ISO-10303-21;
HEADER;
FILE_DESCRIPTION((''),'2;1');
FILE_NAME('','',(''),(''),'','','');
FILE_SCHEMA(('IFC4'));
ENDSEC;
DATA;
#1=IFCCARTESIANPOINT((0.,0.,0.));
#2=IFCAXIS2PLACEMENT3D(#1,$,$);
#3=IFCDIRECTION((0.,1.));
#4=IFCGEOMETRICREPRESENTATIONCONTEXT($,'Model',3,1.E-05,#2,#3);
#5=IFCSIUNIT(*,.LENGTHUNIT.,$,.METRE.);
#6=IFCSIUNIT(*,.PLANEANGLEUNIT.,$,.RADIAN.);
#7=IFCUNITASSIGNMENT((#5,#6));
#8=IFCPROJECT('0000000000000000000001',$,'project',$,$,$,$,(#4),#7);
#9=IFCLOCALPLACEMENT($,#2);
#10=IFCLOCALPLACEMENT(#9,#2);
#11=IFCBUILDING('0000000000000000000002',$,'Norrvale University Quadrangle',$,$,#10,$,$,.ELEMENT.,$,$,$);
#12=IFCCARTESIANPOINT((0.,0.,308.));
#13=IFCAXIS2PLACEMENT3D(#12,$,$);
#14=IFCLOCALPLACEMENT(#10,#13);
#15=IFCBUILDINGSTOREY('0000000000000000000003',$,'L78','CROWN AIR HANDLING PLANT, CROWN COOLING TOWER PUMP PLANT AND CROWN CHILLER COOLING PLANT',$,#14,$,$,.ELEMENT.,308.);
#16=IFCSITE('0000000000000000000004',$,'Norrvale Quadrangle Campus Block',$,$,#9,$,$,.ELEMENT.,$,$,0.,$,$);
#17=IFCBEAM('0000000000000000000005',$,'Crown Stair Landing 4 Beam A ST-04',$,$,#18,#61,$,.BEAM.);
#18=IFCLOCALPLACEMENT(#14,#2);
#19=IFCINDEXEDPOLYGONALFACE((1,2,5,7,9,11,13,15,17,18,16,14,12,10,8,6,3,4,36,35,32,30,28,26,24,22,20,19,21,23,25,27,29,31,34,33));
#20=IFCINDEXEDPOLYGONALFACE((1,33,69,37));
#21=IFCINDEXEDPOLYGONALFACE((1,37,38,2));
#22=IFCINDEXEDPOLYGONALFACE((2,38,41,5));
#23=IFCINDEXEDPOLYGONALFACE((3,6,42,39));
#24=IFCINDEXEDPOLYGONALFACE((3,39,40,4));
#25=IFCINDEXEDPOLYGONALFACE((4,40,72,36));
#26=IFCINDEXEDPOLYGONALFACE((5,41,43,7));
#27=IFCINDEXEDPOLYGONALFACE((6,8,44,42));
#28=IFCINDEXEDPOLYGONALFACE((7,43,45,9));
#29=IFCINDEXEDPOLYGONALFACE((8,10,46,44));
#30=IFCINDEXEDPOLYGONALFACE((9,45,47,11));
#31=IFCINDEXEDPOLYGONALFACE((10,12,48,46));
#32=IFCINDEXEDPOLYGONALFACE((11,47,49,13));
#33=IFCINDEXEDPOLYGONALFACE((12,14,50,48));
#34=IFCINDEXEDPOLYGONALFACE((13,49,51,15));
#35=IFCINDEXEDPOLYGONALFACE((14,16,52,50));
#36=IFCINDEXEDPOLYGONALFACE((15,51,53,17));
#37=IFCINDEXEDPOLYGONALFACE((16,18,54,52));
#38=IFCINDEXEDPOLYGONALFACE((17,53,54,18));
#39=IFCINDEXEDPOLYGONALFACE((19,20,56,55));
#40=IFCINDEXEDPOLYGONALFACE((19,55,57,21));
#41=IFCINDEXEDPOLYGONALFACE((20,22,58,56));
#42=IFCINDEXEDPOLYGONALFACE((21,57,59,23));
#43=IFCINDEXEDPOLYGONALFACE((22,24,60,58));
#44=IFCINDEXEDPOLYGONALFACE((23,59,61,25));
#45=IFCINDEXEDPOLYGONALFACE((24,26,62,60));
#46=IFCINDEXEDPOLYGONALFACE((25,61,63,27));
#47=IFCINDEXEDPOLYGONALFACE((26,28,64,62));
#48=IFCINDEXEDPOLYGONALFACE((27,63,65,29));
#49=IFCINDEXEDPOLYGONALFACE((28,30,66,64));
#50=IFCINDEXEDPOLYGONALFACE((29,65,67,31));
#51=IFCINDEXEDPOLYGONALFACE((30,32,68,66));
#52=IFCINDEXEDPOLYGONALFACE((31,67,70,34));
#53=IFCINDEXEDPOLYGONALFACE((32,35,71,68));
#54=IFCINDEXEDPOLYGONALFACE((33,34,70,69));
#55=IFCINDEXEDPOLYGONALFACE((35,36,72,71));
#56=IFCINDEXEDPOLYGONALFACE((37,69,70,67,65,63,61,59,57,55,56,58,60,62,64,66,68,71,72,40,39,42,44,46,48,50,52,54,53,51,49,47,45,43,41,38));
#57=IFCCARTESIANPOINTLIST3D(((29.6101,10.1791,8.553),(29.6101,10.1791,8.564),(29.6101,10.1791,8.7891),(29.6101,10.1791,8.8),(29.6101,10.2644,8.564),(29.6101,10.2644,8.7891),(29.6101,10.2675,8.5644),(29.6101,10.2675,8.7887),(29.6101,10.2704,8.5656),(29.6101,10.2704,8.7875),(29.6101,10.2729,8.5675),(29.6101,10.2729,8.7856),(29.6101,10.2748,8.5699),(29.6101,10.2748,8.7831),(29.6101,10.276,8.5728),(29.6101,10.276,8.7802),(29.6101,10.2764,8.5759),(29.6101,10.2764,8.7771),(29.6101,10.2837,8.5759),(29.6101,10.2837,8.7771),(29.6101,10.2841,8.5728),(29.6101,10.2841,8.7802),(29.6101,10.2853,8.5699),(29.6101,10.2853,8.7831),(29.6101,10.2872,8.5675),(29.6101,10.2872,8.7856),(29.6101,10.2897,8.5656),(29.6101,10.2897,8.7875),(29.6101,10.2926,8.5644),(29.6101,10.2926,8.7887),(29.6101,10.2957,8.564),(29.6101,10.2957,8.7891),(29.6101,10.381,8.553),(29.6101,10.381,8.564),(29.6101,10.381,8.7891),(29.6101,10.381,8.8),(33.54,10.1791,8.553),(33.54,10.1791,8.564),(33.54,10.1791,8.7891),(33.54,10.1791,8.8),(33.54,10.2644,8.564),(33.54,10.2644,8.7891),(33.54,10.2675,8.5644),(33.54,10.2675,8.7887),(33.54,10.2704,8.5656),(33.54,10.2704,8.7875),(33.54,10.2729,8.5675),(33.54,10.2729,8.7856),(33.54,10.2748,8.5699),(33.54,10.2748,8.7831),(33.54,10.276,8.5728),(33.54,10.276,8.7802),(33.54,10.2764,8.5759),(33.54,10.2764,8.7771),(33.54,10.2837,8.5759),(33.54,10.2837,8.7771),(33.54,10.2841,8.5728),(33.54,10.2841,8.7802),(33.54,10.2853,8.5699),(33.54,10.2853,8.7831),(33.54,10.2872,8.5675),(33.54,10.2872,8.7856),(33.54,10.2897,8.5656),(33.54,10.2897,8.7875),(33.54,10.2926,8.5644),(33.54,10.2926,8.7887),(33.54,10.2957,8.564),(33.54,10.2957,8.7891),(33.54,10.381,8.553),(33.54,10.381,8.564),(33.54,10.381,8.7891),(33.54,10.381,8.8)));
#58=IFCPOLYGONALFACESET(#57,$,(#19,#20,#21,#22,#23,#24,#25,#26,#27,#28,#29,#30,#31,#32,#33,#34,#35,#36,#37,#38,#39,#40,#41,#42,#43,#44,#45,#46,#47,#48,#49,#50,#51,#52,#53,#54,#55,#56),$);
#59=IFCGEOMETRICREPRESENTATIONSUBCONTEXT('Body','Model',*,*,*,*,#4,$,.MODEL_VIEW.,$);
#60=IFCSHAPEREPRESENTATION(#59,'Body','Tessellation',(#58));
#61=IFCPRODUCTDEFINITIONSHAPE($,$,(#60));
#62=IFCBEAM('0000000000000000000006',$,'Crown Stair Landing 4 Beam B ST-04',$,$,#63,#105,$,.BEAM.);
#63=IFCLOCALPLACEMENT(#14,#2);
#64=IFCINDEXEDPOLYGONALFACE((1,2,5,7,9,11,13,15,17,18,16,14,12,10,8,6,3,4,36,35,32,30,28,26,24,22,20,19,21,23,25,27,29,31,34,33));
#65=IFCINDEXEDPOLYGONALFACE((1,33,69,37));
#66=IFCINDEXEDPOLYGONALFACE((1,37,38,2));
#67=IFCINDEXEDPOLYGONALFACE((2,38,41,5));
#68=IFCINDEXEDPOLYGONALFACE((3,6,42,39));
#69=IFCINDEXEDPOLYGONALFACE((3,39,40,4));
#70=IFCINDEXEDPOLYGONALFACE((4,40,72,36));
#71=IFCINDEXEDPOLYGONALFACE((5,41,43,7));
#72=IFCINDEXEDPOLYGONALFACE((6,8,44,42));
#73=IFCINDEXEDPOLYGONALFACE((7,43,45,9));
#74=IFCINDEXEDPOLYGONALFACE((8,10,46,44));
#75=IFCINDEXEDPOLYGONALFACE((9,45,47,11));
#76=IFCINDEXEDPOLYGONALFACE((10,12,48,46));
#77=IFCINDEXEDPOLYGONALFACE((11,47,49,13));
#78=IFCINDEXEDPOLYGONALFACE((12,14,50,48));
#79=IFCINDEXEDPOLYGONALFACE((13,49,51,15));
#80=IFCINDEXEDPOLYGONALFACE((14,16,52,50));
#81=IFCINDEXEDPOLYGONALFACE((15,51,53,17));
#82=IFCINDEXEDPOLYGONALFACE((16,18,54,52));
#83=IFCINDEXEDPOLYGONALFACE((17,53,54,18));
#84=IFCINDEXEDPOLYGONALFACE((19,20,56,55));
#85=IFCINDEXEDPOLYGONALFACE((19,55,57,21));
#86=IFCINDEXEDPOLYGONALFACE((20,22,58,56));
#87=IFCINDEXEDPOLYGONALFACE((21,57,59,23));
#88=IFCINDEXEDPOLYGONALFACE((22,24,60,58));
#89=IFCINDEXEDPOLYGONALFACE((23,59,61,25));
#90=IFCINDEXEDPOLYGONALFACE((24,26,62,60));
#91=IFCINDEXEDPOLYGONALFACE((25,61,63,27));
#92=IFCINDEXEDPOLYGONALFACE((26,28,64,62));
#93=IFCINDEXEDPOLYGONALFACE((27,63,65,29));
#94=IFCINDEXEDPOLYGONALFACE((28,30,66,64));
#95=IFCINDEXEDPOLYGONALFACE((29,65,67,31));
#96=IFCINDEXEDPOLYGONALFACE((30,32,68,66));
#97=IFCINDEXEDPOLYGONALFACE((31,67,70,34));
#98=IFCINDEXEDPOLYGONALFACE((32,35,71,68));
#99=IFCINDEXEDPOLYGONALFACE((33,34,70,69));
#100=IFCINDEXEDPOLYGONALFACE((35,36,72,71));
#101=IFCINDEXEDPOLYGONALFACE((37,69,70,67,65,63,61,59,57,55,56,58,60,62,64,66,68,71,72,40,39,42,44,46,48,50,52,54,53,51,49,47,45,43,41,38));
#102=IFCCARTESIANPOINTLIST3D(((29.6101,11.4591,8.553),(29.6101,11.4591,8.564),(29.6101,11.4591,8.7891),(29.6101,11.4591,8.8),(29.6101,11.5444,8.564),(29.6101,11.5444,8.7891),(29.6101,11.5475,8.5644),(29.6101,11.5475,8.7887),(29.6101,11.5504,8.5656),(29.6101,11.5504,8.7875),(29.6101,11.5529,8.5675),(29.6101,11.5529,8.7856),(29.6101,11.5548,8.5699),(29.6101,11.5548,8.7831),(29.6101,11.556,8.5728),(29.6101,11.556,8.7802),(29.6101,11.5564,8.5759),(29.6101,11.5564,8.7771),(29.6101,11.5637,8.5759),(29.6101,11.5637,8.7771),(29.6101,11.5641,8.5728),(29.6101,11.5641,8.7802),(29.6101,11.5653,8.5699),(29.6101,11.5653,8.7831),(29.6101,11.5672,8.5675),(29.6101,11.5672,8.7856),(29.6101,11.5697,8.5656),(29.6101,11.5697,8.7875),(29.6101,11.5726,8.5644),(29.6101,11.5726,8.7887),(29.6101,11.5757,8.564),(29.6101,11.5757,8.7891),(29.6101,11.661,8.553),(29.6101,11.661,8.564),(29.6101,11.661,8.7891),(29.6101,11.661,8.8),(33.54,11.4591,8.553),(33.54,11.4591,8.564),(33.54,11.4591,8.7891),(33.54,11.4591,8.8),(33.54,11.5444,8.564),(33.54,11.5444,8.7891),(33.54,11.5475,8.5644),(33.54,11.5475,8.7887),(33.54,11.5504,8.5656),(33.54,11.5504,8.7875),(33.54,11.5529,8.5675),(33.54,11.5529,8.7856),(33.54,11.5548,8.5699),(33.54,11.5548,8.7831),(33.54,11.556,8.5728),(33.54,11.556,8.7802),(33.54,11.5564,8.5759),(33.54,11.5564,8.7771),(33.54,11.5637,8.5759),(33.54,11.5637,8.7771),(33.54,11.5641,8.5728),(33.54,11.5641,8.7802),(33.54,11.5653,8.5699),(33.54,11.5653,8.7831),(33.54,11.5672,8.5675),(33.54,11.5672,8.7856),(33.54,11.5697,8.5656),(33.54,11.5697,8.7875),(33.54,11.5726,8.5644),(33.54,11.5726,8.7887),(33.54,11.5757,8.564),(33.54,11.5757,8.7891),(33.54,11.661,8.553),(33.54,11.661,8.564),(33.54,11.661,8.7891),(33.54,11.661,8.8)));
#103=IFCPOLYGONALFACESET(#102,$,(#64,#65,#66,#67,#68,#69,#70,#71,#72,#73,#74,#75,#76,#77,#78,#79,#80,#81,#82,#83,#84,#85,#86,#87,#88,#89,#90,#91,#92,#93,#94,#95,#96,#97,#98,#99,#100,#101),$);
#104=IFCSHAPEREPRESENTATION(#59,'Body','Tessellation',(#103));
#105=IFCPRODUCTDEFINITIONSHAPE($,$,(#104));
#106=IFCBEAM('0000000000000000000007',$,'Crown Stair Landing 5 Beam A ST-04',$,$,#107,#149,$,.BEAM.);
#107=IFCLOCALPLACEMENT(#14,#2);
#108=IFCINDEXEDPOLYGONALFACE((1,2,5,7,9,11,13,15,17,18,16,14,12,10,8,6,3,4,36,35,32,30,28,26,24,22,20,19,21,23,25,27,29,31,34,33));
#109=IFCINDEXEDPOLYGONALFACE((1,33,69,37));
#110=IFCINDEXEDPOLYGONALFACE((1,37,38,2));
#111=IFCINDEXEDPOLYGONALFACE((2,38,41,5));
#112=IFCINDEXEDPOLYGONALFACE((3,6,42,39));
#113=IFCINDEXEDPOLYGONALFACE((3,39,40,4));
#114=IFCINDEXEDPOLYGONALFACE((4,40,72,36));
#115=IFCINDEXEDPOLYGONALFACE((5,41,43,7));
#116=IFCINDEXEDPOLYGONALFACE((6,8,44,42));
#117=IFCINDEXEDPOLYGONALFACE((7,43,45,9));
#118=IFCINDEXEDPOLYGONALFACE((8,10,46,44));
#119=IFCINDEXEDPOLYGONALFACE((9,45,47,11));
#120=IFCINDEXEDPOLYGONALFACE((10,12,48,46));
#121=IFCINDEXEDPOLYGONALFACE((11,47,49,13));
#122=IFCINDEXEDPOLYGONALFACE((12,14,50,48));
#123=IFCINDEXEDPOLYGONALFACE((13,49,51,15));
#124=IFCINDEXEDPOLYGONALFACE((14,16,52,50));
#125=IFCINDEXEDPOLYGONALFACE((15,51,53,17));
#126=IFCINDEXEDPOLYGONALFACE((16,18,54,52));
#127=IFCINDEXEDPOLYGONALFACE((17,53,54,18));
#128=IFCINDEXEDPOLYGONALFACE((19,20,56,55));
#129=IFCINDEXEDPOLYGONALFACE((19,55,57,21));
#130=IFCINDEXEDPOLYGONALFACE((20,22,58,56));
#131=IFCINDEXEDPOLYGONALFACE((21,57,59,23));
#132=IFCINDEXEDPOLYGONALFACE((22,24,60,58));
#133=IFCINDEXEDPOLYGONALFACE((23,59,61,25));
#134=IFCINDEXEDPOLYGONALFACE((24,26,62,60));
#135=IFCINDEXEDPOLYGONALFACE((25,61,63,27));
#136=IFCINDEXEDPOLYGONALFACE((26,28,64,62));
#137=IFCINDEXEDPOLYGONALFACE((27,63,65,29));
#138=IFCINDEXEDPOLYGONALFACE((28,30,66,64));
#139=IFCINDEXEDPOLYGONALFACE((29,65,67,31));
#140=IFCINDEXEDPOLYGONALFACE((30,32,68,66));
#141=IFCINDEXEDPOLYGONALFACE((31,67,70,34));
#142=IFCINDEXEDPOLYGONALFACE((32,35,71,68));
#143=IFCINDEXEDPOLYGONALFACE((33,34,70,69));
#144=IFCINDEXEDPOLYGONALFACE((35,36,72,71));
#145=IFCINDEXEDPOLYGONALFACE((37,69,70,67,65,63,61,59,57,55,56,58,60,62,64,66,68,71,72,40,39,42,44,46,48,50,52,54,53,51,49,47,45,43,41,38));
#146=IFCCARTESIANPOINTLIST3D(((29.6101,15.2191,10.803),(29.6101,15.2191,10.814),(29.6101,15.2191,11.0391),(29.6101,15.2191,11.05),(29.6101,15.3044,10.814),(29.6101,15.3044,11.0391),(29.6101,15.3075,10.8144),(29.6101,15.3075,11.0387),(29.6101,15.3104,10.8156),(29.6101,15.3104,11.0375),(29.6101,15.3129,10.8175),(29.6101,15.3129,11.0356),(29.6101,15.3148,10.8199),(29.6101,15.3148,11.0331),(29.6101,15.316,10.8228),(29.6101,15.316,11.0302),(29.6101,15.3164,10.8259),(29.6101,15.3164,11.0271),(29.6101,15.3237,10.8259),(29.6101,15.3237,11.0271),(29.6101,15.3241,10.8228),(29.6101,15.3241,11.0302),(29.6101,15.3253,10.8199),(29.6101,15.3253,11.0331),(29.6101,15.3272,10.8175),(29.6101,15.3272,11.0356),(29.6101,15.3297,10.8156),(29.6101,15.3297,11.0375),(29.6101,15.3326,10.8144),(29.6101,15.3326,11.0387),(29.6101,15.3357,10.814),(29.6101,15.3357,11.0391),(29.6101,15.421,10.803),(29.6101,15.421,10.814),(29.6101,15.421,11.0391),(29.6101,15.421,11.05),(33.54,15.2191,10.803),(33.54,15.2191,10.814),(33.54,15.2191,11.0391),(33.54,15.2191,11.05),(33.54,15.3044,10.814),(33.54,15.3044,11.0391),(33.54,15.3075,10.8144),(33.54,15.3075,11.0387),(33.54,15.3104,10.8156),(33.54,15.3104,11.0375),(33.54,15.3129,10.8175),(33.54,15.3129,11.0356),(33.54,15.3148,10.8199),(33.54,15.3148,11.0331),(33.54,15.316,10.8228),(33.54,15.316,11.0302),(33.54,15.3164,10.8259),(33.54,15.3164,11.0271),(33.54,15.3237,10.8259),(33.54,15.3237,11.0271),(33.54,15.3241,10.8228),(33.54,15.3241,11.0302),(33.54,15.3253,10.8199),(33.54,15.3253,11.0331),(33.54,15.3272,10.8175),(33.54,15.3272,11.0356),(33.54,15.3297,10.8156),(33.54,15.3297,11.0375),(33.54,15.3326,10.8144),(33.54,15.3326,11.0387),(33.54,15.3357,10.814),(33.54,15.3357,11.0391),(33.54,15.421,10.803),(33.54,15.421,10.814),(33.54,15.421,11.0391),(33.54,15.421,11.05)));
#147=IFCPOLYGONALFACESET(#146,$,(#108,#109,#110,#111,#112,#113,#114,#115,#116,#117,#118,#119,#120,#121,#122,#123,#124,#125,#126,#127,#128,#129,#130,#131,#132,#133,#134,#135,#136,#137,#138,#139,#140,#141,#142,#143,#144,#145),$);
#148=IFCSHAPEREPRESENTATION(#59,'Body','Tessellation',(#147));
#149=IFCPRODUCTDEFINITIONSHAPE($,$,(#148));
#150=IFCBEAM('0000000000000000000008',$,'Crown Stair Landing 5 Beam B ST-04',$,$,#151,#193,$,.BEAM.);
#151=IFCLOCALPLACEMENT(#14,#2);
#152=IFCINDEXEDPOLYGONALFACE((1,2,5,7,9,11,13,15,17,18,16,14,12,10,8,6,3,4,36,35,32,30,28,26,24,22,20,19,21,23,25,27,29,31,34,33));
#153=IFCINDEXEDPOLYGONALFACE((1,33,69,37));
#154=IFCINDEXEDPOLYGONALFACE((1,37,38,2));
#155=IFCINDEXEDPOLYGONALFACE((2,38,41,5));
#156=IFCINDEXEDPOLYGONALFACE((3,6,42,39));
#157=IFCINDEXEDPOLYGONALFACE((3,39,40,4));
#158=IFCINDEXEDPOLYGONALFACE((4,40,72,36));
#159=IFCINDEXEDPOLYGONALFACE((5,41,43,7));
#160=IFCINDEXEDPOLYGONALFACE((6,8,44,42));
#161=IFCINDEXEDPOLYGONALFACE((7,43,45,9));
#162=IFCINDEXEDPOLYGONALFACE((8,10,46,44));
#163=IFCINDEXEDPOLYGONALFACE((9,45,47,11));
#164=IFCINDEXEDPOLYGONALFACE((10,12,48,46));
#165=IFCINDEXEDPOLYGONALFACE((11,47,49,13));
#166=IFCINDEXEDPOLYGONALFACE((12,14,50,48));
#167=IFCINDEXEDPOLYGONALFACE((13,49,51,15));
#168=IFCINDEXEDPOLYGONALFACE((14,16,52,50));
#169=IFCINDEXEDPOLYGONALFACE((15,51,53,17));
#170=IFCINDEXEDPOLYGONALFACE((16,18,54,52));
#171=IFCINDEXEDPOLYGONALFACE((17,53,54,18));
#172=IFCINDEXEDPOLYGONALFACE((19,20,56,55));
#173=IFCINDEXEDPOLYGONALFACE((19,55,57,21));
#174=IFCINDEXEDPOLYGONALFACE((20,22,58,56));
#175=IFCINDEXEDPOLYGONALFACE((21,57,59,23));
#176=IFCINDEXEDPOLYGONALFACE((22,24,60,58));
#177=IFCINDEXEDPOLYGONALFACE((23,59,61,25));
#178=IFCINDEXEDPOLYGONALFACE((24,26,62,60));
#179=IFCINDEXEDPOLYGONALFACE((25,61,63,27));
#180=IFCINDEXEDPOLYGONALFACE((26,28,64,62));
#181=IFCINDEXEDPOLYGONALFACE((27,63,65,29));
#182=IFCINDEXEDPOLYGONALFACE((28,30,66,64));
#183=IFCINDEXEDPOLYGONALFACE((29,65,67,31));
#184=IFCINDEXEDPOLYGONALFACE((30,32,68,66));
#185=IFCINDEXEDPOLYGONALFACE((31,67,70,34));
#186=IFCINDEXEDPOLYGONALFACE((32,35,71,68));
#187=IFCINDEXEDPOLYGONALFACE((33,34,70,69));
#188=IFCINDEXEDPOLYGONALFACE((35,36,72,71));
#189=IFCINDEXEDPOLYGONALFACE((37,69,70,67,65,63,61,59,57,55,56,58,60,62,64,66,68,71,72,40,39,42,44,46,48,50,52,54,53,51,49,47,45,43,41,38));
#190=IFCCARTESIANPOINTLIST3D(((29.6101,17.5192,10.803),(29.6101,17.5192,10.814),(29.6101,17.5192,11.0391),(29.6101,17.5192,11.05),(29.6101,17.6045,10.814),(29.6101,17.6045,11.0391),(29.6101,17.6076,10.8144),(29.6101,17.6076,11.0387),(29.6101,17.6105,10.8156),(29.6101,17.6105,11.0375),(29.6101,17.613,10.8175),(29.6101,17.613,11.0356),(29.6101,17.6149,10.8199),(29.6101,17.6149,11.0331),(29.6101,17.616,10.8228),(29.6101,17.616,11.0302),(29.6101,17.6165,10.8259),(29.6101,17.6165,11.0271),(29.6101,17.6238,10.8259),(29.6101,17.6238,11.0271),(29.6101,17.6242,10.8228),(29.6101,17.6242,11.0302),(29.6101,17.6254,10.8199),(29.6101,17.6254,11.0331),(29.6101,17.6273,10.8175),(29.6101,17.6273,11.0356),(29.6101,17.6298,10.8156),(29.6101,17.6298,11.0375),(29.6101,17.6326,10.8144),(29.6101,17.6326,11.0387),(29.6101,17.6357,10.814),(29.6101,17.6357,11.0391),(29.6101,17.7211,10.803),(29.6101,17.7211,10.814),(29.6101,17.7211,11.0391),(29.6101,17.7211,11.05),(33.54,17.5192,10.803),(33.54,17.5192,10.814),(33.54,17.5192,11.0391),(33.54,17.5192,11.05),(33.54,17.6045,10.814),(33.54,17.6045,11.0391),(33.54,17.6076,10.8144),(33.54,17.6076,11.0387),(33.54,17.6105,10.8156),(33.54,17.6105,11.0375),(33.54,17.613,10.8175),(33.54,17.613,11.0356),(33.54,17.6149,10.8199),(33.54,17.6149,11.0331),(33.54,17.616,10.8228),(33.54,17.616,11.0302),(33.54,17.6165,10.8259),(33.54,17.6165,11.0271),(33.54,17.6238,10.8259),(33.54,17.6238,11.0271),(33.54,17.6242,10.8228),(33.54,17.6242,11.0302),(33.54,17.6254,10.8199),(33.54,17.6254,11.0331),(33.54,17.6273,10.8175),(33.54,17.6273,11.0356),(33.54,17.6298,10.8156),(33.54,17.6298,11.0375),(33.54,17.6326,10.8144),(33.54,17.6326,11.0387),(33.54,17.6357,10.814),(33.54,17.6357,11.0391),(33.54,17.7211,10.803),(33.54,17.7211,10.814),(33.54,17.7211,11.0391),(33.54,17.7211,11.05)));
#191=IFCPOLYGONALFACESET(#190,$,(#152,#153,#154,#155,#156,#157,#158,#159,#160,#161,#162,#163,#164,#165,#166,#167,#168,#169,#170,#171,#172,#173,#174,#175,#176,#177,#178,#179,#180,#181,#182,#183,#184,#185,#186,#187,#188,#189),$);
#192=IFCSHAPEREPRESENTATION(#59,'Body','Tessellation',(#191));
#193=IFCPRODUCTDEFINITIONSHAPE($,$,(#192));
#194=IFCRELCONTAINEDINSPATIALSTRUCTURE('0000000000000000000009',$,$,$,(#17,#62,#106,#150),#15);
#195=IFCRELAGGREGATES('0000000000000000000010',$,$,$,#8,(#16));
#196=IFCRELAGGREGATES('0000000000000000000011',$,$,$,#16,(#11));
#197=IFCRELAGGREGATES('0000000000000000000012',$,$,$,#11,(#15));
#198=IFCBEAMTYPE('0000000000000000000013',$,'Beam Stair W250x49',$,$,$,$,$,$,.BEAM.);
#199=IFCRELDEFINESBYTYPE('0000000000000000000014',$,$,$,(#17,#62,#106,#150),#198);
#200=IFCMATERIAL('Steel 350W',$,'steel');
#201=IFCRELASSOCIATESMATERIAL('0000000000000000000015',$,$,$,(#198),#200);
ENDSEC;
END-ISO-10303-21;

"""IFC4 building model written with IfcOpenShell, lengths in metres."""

from ifc_helpers import new_model, si_unit, direction, frame, origin, origin_2d, place, context, subcontext, project, spatial, i_section, extrude, material, material_profile, profile_set, type_object, element, save


model = new_model("IFC4")

# Units and contexts
model_context = context("Model", 3, precision=1e-05, world=origin(), true_north=direction((0.0, 1.0)))
body_context = subcontext(model_context, "Body", "Model", "MODEL_VIEW")
ifc_project = project(units=[si_unit("LENGTHUNIT", "METRE"), si_unit("PLANEANGLEUNIT", "RADIAN")], contexts=[model_context])

# Site, building, storey
site_placement = place(None, origin())
site = spatial("IfcSite", under=ifc_project, at=site_placement, Name="Norrvale Quadrangle Campus Block", CompositionType="ELEMENT", RefElevation=0.0)
building_placement = place(site_placement, origin())
building = spatial("IfcBuilding", under=site, at=building_placement, Name="Norrvale University Quadrangle", CompositionType="ELEMENT")
storey_placement = place(building_placement, frame((0.0, 0.0, 308.0)))
storey = spatial("IfcBuildingStorey", under=building, at=storey_placement, Name="L78", Description="CROWN AIR HANDLING PLANT, CROWN COOLING TOWER PUMP PLANT AND CROWN CHILLER COOLING PLANT", CompositionType="ELEMENT", Elevation=308.0)

# Beams
ifc_material_1 = material(Name="Steel 350W", Category="steel")
ifc_material_profile_1 = material_profile(ifc_material_1, i_section(OverallWidth=0.2019, OverallDepth=0.2471, WebThickness=0.0073, FlangeThickness=0.011, FilletRadius=0.012, at=origin_2d()), Name="Steel 350W")
ifc_profile_set_1 = profile_set([ifc_material_profile_1], Name="Steel 350W")
beam_type_1 = type_object("IfcBeamType", Name="Beam Stair W250x49", PredefinedType="BEAM", material=ifc_profile_set_1)
for number, where, z_axis, x_axis, name in (
    (1, (29.6101, 10.28, 8.6765), (1.0, 0.0, 0.0), (0.0, 1.0, 0.0), "Crown Stair Landing 4 Beam A ST-04"),
    (2, (29.6101, 11.5601, 8.6765), (1.0, 0.0, 0.0), (0.0, 1.0, 0.0), "Crown Stair Landing 4 Beam B ST-04"),
    (3, (29.6101, 15.3201, 10.9265), (1.0, 0.0, 0.0), (0.0, 1.0, 0.0), "Crown Stair Landing 5 Beam A ST-04"),
    (4, (29.6101, 17.6201, 10.9265), (1.0, 0.0, 0.0), (0.0, 1.0, 0.0), "Crown Stair Landing 5 Beam B ST-04"),
):
    element("IfcBeam", number, at=place(storey_placement, frame(where, z_axis=z_axis, x_axis=x_axis)), inside=storey, type_object=beam_type_1, Name=name, PredefinedType="BEAM", context=body_context, shape_type="SweptSolid", body=[
        extrude(i_section(OverallWidth=0.2019, OverallDepth=0.2471, WebThickness=0.0073, FlangeThickness=0.011, FilletRadius=0.012, at=origin_2d()), origin(), (0.0, 0.0, 1.0), 3.9299),
    ])

save(model, "model.ifc")
